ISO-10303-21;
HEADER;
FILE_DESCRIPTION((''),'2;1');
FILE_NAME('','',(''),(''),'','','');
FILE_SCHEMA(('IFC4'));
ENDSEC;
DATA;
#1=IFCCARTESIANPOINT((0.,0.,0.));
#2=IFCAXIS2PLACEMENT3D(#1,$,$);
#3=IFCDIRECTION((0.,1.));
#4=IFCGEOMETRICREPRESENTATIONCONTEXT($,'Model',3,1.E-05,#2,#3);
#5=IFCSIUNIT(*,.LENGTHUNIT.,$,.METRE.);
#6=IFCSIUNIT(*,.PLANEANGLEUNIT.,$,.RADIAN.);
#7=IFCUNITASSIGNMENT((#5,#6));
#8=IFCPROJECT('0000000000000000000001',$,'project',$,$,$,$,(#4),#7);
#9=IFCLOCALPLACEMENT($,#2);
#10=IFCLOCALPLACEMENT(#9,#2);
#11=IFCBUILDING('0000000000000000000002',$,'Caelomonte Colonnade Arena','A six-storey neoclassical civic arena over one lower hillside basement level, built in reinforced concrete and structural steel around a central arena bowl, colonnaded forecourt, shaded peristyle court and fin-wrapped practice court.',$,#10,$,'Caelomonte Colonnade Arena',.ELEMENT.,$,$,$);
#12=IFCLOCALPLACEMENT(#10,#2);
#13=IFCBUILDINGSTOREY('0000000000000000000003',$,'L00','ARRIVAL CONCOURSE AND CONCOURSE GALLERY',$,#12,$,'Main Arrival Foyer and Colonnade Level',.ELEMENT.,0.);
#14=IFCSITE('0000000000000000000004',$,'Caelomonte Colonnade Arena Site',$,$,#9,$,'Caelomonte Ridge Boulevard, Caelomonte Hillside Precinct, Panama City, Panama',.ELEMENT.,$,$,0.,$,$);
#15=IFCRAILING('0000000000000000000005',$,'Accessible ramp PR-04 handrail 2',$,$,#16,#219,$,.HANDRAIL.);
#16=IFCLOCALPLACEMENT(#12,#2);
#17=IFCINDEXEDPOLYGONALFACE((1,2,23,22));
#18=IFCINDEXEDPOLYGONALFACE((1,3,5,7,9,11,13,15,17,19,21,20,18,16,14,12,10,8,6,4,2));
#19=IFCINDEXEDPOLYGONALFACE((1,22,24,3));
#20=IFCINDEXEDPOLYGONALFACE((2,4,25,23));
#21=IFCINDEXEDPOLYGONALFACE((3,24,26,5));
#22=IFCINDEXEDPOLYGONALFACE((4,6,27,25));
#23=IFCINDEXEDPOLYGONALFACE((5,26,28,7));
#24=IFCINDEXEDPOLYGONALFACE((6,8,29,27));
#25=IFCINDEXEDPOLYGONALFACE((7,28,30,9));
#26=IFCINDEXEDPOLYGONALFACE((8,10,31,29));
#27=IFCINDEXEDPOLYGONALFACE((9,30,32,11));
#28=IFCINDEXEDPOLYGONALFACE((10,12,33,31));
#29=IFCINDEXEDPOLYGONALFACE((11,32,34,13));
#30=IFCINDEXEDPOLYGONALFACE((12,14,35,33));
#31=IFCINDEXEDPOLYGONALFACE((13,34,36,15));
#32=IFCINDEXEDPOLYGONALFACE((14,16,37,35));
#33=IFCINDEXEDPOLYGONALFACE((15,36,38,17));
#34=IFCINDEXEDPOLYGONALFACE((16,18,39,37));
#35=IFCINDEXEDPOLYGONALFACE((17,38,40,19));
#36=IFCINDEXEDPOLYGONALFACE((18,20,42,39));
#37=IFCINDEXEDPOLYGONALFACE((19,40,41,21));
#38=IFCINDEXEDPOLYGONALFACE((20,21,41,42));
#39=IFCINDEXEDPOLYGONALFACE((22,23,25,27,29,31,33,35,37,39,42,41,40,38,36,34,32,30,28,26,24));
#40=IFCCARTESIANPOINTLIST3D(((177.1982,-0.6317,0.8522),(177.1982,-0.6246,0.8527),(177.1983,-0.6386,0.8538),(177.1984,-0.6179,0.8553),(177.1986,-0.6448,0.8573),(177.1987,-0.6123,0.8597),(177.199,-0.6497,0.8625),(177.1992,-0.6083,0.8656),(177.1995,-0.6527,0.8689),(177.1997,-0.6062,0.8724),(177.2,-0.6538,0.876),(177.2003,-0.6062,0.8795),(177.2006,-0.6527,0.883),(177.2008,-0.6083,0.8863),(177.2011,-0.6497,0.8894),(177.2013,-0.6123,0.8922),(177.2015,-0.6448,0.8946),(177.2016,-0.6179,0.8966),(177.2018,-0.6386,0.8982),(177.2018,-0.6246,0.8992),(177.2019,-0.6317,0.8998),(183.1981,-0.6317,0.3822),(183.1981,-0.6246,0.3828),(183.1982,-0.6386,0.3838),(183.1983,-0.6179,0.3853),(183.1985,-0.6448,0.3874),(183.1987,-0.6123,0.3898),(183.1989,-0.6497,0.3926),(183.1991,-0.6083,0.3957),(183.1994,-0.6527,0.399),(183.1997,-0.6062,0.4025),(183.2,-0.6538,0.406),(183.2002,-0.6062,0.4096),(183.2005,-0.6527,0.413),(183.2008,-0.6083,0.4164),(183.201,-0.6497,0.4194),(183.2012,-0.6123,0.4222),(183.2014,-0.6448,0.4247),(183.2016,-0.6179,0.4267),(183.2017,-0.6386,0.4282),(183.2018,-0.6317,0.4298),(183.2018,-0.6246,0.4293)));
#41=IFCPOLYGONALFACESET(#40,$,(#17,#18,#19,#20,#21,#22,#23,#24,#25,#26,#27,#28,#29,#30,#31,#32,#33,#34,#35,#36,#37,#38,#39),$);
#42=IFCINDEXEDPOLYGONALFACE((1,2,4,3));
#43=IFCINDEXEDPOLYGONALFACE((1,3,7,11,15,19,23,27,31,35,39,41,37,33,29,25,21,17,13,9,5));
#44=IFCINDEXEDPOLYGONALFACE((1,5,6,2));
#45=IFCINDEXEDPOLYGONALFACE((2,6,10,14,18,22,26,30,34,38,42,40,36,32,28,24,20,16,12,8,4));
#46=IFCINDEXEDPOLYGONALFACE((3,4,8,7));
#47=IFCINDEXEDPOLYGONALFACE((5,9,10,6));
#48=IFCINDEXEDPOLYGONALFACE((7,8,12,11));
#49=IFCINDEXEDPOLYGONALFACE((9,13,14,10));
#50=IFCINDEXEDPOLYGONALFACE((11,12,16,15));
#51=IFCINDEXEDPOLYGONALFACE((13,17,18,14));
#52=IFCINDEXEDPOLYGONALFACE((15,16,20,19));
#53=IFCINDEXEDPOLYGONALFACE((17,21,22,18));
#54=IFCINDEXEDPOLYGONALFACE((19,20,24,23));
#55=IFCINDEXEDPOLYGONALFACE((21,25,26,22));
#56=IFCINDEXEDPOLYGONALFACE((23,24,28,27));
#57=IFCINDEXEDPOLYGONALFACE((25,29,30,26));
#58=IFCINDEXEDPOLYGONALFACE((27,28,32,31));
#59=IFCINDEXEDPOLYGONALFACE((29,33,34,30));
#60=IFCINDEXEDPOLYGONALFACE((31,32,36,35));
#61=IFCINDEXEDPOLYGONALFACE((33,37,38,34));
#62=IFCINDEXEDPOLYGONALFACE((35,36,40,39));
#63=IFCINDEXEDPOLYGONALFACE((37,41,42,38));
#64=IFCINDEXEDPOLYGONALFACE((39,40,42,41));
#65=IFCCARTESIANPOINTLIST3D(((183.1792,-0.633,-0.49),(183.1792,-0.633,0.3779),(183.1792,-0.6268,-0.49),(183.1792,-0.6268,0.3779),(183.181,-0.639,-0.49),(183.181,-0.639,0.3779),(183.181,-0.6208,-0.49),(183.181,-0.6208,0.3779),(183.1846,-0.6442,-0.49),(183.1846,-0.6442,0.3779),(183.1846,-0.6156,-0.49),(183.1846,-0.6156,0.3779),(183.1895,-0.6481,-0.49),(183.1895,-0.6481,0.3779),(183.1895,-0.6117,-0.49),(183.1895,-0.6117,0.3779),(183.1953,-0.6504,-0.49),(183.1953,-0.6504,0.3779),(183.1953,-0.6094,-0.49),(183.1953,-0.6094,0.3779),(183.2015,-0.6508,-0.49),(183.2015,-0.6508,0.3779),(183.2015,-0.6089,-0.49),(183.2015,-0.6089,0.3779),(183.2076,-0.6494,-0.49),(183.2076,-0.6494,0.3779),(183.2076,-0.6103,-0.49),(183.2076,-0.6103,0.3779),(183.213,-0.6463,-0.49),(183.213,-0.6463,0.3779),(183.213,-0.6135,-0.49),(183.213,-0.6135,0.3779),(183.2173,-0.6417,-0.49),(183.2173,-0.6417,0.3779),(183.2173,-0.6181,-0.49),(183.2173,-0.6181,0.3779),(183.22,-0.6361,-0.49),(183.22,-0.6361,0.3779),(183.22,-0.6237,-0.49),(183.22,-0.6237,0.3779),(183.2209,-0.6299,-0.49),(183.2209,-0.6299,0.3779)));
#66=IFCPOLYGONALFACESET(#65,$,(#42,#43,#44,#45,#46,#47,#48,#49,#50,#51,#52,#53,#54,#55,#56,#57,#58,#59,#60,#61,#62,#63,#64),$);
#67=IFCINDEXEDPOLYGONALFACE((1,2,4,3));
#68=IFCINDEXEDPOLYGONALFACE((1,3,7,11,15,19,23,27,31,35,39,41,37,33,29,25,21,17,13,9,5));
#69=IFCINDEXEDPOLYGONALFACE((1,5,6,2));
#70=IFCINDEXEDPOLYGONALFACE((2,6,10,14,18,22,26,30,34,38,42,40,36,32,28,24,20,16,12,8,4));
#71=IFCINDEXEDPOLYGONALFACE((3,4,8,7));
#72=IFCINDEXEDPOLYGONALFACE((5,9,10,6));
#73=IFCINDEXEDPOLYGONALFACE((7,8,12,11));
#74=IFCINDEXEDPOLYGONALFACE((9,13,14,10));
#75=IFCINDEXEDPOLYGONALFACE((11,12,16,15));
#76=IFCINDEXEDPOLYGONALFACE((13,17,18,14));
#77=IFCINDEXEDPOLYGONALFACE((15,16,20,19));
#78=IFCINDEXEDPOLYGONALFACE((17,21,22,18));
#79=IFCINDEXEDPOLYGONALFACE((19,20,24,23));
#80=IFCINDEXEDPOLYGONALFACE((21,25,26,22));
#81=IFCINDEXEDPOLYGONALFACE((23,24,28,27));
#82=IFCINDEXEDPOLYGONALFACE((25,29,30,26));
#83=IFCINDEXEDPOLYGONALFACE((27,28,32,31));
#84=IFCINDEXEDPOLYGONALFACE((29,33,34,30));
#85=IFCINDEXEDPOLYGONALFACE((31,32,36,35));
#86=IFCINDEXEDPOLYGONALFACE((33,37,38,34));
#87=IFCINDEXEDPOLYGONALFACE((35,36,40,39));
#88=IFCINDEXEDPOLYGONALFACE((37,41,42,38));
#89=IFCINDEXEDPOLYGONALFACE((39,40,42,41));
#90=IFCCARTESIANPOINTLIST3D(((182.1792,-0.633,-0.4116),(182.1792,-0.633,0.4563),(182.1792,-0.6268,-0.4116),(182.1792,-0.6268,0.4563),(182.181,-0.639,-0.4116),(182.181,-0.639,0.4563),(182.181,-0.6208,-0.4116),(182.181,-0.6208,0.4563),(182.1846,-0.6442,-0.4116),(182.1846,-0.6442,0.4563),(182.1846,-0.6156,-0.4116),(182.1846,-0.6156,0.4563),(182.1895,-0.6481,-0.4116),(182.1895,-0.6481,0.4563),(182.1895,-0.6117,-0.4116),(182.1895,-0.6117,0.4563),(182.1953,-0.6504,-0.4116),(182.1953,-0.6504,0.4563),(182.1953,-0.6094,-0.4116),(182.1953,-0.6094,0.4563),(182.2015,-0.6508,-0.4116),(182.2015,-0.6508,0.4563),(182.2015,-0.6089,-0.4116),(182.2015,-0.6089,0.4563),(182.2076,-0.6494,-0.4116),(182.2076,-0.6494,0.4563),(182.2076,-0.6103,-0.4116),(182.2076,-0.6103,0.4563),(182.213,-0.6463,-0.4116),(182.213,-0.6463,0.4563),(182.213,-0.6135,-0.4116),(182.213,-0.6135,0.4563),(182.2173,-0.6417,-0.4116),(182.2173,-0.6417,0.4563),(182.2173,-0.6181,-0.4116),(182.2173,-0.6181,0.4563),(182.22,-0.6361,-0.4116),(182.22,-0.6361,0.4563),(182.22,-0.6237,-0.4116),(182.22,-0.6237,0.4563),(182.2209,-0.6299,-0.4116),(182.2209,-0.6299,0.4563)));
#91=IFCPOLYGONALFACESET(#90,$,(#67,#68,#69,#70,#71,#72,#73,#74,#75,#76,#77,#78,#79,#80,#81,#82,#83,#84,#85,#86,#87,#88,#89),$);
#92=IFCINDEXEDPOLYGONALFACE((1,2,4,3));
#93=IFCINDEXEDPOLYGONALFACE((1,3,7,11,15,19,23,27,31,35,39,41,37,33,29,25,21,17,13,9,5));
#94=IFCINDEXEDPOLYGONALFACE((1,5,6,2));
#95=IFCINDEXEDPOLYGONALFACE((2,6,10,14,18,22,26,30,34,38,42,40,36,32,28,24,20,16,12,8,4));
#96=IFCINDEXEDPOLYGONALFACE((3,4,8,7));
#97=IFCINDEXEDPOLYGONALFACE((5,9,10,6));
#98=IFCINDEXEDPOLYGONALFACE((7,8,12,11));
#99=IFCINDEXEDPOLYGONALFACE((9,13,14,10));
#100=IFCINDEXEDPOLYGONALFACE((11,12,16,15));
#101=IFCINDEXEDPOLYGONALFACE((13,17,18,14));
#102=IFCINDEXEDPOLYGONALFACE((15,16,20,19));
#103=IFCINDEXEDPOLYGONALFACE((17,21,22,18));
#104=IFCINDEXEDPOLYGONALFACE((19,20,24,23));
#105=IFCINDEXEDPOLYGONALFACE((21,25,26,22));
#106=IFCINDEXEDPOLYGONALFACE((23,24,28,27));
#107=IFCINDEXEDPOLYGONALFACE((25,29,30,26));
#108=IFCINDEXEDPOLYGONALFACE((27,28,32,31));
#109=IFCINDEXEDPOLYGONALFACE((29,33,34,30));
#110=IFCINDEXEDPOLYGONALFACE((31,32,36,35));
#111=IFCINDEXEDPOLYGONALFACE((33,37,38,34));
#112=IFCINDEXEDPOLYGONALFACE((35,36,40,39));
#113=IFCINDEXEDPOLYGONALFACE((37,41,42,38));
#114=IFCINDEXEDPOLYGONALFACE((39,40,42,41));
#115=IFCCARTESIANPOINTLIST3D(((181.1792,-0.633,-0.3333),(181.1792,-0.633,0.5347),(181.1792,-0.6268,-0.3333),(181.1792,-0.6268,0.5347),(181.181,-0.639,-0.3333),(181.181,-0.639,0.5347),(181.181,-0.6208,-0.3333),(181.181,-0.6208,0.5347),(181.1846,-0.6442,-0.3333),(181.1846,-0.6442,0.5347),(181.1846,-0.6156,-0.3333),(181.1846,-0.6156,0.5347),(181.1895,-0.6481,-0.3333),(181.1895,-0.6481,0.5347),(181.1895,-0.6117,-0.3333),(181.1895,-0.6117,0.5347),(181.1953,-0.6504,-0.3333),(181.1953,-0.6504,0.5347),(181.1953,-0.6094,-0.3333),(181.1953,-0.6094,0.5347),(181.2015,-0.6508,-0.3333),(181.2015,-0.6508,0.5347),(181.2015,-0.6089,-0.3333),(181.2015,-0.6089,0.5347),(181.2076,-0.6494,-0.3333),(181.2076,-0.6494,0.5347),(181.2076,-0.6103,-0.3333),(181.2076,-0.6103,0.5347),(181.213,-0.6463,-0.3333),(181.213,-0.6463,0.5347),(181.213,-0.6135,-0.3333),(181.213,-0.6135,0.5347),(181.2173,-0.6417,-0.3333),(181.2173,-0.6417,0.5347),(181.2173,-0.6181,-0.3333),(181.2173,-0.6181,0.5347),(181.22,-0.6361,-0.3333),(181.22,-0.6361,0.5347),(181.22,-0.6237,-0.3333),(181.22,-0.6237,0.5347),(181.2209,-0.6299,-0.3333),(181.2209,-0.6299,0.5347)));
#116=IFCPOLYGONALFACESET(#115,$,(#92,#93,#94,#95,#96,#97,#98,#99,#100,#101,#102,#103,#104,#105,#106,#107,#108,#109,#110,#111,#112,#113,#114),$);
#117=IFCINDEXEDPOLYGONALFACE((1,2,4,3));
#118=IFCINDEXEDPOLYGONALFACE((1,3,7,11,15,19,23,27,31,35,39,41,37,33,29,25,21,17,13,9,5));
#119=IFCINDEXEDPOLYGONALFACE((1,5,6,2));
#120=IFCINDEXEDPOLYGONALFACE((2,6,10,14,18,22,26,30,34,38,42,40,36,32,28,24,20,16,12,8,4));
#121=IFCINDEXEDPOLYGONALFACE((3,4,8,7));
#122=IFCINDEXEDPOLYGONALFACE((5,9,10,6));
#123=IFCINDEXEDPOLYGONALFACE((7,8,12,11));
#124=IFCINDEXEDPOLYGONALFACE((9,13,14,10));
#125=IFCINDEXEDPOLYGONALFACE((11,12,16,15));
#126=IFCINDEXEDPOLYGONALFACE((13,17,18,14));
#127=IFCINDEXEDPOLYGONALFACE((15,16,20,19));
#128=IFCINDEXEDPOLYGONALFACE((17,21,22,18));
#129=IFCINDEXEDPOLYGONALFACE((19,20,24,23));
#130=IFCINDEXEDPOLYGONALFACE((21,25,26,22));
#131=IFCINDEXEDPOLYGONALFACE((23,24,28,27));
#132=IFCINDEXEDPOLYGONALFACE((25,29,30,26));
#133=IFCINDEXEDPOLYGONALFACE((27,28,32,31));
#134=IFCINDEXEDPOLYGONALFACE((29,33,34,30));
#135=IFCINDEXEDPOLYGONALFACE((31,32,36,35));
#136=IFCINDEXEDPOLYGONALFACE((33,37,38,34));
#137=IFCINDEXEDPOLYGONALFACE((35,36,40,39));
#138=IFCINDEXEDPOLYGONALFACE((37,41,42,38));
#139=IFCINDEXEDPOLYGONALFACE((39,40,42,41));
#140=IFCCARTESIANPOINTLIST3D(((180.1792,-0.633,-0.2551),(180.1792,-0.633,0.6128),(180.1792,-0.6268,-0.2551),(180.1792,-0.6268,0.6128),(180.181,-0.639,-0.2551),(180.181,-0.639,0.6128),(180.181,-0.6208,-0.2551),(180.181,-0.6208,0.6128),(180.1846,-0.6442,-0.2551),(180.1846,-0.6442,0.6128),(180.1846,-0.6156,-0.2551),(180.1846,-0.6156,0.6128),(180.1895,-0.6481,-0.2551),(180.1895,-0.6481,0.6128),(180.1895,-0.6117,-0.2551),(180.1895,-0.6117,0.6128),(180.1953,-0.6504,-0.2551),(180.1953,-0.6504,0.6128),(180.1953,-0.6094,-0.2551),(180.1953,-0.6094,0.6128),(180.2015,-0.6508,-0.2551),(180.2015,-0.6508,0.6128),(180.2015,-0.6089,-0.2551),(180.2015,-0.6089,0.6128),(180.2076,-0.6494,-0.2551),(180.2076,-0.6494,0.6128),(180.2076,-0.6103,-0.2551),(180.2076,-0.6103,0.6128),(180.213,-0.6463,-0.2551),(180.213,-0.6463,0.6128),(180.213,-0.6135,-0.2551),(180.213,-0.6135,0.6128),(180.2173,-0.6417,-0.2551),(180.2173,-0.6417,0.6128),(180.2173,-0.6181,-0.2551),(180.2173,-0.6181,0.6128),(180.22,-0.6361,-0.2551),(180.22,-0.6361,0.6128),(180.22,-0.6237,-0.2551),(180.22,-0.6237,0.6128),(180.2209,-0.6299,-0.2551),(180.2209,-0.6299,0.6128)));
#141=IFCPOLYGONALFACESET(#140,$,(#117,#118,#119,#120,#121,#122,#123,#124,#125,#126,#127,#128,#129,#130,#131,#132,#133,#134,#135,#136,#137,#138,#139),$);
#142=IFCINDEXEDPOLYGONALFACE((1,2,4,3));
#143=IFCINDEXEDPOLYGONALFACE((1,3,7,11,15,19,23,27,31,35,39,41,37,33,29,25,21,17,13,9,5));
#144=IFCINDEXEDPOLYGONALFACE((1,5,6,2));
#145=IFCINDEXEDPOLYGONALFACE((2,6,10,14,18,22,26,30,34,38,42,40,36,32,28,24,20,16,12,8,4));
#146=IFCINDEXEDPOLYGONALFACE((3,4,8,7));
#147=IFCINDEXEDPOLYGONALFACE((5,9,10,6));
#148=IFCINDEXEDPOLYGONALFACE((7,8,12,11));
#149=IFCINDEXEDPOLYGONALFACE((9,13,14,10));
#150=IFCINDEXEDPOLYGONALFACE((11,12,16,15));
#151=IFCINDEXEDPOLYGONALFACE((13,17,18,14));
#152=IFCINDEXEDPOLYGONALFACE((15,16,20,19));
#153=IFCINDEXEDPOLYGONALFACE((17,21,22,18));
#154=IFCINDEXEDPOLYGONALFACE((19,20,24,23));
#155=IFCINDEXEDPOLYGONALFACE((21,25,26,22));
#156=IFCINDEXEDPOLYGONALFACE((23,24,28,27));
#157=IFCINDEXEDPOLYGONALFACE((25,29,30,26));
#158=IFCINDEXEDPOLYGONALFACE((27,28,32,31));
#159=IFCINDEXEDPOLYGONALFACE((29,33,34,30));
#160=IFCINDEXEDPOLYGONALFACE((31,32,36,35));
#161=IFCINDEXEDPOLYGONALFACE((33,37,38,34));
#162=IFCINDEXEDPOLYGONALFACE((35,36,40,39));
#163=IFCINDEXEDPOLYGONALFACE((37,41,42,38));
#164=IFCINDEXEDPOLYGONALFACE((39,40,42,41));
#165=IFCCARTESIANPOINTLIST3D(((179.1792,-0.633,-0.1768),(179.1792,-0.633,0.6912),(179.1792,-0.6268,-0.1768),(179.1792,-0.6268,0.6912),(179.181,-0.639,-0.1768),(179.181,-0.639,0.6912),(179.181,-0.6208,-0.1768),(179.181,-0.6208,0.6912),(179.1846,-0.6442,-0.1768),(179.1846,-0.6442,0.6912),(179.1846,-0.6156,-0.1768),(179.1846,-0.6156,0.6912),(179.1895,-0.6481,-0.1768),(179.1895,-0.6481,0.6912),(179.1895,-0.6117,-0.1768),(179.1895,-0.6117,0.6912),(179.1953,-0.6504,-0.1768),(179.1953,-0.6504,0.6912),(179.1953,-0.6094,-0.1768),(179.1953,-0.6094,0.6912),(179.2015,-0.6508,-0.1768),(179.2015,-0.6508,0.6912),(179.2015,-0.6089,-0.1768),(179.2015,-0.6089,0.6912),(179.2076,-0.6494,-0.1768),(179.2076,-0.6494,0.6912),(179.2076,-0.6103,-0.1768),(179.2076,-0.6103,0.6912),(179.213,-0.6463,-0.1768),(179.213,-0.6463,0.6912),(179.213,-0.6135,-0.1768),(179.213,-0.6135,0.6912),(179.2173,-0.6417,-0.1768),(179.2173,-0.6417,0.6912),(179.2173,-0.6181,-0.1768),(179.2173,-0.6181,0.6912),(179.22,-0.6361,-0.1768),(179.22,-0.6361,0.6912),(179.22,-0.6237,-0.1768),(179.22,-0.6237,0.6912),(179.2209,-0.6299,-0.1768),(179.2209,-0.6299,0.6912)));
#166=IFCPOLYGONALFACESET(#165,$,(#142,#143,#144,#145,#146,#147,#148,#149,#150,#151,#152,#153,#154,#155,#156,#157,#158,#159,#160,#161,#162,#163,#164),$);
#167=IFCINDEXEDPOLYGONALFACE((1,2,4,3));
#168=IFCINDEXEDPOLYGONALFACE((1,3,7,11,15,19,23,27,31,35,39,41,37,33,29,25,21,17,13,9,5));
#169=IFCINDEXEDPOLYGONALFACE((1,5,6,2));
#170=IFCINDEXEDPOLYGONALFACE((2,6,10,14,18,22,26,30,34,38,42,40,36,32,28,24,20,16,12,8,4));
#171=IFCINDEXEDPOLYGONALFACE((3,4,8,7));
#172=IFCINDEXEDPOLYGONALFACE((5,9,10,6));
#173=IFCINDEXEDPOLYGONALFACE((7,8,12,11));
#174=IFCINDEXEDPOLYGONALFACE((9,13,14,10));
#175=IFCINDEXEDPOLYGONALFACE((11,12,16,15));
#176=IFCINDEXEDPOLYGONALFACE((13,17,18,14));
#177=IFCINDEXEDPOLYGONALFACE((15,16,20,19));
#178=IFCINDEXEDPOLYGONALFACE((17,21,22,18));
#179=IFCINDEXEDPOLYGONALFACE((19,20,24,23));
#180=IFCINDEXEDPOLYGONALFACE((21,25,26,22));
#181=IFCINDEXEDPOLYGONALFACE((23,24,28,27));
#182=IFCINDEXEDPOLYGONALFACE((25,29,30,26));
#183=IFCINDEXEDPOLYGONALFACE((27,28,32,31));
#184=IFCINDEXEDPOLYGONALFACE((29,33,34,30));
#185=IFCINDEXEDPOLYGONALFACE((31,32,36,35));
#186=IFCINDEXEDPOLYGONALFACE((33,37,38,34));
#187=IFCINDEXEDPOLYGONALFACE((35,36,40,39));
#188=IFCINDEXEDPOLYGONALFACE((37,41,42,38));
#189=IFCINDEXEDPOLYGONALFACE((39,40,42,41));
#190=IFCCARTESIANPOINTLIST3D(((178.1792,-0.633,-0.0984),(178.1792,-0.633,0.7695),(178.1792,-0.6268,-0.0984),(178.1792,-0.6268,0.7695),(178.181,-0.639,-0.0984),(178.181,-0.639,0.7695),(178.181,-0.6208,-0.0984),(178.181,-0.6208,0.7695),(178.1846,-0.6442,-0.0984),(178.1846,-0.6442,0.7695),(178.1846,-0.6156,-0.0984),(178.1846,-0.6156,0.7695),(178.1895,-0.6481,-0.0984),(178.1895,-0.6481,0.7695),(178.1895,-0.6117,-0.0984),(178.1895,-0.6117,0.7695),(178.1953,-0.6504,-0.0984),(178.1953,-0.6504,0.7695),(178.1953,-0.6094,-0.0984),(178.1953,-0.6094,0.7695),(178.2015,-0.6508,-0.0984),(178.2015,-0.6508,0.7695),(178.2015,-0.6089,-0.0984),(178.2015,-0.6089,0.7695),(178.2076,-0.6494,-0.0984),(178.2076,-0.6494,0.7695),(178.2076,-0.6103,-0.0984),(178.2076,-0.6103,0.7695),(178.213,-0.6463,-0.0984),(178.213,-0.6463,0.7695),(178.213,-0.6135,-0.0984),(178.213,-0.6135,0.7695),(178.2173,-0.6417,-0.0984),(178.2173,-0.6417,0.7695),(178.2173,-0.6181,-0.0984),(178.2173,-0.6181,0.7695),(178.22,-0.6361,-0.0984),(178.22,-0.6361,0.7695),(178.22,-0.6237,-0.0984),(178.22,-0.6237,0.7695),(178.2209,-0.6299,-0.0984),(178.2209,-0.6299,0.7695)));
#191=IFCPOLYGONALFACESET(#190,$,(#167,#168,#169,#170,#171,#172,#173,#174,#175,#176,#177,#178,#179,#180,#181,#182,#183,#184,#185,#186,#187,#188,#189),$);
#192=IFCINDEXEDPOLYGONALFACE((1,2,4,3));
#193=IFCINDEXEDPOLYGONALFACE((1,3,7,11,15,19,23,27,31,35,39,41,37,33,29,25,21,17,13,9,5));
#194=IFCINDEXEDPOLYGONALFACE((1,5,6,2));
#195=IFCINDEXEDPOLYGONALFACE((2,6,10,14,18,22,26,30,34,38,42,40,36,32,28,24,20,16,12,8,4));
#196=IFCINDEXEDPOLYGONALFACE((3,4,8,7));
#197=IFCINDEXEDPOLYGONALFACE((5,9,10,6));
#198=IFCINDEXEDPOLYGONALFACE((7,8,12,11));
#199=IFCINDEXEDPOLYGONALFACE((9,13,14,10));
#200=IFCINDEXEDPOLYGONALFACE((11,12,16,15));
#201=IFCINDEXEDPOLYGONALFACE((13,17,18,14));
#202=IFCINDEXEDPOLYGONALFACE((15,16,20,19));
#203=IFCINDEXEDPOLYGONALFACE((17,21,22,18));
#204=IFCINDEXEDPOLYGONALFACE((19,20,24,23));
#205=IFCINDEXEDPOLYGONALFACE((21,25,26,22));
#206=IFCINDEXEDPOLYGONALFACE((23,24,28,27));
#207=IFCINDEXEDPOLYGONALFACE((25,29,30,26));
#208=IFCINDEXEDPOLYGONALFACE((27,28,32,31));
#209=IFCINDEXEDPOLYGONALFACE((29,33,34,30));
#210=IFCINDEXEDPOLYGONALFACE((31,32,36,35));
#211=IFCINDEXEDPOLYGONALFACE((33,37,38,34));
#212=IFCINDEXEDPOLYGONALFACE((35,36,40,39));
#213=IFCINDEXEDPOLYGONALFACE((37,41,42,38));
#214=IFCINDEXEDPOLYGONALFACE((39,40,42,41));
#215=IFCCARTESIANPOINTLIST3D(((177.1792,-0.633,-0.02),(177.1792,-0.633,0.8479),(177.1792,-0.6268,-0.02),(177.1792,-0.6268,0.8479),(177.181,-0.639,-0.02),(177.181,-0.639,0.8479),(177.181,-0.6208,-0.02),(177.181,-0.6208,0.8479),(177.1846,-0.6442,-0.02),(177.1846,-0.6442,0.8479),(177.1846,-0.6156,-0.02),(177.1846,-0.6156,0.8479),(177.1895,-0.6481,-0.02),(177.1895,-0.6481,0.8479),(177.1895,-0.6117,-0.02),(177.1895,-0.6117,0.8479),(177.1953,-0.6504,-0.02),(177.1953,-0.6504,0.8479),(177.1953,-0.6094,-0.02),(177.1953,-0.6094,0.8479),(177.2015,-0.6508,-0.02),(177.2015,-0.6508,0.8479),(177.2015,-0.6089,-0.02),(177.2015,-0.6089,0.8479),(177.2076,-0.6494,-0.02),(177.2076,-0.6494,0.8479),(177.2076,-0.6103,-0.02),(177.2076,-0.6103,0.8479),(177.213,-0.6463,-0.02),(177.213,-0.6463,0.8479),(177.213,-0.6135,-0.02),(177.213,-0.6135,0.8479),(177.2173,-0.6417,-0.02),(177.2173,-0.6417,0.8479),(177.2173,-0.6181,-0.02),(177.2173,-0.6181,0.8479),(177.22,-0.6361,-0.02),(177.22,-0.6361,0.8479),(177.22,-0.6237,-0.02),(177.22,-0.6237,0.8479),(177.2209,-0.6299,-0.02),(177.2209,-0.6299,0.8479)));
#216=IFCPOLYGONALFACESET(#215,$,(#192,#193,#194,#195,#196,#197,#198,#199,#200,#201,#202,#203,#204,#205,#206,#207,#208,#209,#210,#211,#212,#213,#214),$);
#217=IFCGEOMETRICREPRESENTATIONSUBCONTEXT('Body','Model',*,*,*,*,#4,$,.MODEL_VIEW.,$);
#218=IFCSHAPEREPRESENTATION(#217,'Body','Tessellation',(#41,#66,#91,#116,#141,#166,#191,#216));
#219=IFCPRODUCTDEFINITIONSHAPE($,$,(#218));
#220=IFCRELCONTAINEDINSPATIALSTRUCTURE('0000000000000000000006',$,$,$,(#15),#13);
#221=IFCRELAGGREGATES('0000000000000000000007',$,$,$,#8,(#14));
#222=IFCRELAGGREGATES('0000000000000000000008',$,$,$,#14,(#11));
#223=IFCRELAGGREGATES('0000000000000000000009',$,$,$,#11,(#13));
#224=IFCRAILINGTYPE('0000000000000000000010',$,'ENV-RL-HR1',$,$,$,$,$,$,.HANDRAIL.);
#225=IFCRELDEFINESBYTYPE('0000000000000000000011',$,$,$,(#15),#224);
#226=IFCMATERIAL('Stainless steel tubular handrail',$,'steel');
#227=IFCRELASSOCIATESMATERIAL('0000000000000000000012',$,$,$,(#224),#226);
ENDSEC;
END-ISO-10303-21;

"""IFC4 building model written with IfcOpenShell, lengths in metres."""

from ifc_helpers import new_model, si_unit, direction, frame, origin, origin_2d, place, context, subcontext, project, spatial, circle, extrude, material, type_object, element, save


model = new_model("IFC4")

# Units and contexts
model_context = context("Model", 3, precision=1e-05, world=origin(), true_north=direction((0.0, 1.0)))
body_context = subcontext(model_context, "Body", "Model", "MODEL_VIEW")
ifc_project = project(units=[si_unit("LENGTHUNIT", "METRE"), si_unit("PLANEANGLEUNIT", "RADIAN")], contexts=[model_context])

# Site, building, storey
site_placement = place(None, origin())
site = spatial("IfcSite", under=ifc_project, at=site_placement, Name="Caelomonte Colonnade Arena Site", LongName="Caelomonte Ridge Boulevard, Caelomonte Hillside Precinct, Panama City, Panama", CompositionType="ELEMENT", RefElevation=0.0)
building_placement = place(site_placement, origin())
building = spatial("IfcBuilding", under=site, at=building_placement, Name="Caelomonte Colonnade Arena", Description="A six-storey neoclassical civic arena over one lower hillside basement level, built in reinforced concrete and structural steel around a central arena bowl, colonnaded forecourt, shaded peristyle court and fin-wrapped practice court.", LongName="Caelomonte Colonnade Arena", CompositionType="ELEMENT")
storey_placement = place(building_placement, origin())
storey = spatial("IfcBuildingStorey", under=building, at=storey_placement, Name="L00", Description="ARRIVAL CONCOURSE AND CONCOURSE GALLERY", LongName="Main Arrival Foyer and Colonnade Level", CompositionType="ELEMENT", Elevation=0.0)

# Railing
ifc_material_1 = material(Name="Stainless steel tubular handrail", Category="steel")
railing_type = type_object("IfcRailingType", Name="ENV-RL-HR1", PredefinedType="HANDRAIL", material=ifc_material_1)
for number, where, name in (
    (1, (183.2, -0.6299, -0.49), "Accessible ramp PR-04 handrail 2"),
):
    element("IfcRailing", number, at=place(storey_placement, frame(where)), inside=storey, type_object=railing_type, Name=name, PredefinedType="HANDRAIL", context=body_context, shape_type="SweptSolid", body=[
        extrude(circle(Radius=0.0239, at=origin_2d()), frame((0.0, 0.0, 0.896), z_axis=(-0.996946, 0.0, 0.078089), x_axis=(0.0, -1.0, 0.0)), (0.0, 0.0, 1.0), 6.0183),
        extrude(circle(Radius=0.021, at=origin_2d()), origin(), (0.0, 0.0, 1.0), 0.8679),
        extrude(circle(Radius=0.021, at=origin_2d()), frame((-1.0, 0.0, 0.0784)), (0.0, 0.0, 1.0), 0.8679),
        extrude(circle(Radius=0.021, at=origin_2d()), frame((-2.0, 0.0, 0.1567)), (0.0, 0.0, 1.0), 0.8679),
        extrude(circle(Radius=0.021, at=origin_2d()), frame((-3.0, 0.0, 0.2349)), (0.0, 0.0, 1.0), 0.8679),
        extrude(circle(Radius=0.021, at=origin_2d()), frame((-4.0, 0.0, 0.3132)), (0.0, 0.0, 1.0), 0.8679),
        extrude(circle(Radius=0.021, at=origin_2d()), frame((-5.0, 0.0, 0.3916)), (0.0, 0.0, 1.0), 0.8679),
        extrude(circle(Radius=0.021, at=origin_2d()), frame((-6.0, 0.0, 0.47)), (0.0, 0.0, 1.0), 0.8679),
    ])

save(model, "model.ifc")
